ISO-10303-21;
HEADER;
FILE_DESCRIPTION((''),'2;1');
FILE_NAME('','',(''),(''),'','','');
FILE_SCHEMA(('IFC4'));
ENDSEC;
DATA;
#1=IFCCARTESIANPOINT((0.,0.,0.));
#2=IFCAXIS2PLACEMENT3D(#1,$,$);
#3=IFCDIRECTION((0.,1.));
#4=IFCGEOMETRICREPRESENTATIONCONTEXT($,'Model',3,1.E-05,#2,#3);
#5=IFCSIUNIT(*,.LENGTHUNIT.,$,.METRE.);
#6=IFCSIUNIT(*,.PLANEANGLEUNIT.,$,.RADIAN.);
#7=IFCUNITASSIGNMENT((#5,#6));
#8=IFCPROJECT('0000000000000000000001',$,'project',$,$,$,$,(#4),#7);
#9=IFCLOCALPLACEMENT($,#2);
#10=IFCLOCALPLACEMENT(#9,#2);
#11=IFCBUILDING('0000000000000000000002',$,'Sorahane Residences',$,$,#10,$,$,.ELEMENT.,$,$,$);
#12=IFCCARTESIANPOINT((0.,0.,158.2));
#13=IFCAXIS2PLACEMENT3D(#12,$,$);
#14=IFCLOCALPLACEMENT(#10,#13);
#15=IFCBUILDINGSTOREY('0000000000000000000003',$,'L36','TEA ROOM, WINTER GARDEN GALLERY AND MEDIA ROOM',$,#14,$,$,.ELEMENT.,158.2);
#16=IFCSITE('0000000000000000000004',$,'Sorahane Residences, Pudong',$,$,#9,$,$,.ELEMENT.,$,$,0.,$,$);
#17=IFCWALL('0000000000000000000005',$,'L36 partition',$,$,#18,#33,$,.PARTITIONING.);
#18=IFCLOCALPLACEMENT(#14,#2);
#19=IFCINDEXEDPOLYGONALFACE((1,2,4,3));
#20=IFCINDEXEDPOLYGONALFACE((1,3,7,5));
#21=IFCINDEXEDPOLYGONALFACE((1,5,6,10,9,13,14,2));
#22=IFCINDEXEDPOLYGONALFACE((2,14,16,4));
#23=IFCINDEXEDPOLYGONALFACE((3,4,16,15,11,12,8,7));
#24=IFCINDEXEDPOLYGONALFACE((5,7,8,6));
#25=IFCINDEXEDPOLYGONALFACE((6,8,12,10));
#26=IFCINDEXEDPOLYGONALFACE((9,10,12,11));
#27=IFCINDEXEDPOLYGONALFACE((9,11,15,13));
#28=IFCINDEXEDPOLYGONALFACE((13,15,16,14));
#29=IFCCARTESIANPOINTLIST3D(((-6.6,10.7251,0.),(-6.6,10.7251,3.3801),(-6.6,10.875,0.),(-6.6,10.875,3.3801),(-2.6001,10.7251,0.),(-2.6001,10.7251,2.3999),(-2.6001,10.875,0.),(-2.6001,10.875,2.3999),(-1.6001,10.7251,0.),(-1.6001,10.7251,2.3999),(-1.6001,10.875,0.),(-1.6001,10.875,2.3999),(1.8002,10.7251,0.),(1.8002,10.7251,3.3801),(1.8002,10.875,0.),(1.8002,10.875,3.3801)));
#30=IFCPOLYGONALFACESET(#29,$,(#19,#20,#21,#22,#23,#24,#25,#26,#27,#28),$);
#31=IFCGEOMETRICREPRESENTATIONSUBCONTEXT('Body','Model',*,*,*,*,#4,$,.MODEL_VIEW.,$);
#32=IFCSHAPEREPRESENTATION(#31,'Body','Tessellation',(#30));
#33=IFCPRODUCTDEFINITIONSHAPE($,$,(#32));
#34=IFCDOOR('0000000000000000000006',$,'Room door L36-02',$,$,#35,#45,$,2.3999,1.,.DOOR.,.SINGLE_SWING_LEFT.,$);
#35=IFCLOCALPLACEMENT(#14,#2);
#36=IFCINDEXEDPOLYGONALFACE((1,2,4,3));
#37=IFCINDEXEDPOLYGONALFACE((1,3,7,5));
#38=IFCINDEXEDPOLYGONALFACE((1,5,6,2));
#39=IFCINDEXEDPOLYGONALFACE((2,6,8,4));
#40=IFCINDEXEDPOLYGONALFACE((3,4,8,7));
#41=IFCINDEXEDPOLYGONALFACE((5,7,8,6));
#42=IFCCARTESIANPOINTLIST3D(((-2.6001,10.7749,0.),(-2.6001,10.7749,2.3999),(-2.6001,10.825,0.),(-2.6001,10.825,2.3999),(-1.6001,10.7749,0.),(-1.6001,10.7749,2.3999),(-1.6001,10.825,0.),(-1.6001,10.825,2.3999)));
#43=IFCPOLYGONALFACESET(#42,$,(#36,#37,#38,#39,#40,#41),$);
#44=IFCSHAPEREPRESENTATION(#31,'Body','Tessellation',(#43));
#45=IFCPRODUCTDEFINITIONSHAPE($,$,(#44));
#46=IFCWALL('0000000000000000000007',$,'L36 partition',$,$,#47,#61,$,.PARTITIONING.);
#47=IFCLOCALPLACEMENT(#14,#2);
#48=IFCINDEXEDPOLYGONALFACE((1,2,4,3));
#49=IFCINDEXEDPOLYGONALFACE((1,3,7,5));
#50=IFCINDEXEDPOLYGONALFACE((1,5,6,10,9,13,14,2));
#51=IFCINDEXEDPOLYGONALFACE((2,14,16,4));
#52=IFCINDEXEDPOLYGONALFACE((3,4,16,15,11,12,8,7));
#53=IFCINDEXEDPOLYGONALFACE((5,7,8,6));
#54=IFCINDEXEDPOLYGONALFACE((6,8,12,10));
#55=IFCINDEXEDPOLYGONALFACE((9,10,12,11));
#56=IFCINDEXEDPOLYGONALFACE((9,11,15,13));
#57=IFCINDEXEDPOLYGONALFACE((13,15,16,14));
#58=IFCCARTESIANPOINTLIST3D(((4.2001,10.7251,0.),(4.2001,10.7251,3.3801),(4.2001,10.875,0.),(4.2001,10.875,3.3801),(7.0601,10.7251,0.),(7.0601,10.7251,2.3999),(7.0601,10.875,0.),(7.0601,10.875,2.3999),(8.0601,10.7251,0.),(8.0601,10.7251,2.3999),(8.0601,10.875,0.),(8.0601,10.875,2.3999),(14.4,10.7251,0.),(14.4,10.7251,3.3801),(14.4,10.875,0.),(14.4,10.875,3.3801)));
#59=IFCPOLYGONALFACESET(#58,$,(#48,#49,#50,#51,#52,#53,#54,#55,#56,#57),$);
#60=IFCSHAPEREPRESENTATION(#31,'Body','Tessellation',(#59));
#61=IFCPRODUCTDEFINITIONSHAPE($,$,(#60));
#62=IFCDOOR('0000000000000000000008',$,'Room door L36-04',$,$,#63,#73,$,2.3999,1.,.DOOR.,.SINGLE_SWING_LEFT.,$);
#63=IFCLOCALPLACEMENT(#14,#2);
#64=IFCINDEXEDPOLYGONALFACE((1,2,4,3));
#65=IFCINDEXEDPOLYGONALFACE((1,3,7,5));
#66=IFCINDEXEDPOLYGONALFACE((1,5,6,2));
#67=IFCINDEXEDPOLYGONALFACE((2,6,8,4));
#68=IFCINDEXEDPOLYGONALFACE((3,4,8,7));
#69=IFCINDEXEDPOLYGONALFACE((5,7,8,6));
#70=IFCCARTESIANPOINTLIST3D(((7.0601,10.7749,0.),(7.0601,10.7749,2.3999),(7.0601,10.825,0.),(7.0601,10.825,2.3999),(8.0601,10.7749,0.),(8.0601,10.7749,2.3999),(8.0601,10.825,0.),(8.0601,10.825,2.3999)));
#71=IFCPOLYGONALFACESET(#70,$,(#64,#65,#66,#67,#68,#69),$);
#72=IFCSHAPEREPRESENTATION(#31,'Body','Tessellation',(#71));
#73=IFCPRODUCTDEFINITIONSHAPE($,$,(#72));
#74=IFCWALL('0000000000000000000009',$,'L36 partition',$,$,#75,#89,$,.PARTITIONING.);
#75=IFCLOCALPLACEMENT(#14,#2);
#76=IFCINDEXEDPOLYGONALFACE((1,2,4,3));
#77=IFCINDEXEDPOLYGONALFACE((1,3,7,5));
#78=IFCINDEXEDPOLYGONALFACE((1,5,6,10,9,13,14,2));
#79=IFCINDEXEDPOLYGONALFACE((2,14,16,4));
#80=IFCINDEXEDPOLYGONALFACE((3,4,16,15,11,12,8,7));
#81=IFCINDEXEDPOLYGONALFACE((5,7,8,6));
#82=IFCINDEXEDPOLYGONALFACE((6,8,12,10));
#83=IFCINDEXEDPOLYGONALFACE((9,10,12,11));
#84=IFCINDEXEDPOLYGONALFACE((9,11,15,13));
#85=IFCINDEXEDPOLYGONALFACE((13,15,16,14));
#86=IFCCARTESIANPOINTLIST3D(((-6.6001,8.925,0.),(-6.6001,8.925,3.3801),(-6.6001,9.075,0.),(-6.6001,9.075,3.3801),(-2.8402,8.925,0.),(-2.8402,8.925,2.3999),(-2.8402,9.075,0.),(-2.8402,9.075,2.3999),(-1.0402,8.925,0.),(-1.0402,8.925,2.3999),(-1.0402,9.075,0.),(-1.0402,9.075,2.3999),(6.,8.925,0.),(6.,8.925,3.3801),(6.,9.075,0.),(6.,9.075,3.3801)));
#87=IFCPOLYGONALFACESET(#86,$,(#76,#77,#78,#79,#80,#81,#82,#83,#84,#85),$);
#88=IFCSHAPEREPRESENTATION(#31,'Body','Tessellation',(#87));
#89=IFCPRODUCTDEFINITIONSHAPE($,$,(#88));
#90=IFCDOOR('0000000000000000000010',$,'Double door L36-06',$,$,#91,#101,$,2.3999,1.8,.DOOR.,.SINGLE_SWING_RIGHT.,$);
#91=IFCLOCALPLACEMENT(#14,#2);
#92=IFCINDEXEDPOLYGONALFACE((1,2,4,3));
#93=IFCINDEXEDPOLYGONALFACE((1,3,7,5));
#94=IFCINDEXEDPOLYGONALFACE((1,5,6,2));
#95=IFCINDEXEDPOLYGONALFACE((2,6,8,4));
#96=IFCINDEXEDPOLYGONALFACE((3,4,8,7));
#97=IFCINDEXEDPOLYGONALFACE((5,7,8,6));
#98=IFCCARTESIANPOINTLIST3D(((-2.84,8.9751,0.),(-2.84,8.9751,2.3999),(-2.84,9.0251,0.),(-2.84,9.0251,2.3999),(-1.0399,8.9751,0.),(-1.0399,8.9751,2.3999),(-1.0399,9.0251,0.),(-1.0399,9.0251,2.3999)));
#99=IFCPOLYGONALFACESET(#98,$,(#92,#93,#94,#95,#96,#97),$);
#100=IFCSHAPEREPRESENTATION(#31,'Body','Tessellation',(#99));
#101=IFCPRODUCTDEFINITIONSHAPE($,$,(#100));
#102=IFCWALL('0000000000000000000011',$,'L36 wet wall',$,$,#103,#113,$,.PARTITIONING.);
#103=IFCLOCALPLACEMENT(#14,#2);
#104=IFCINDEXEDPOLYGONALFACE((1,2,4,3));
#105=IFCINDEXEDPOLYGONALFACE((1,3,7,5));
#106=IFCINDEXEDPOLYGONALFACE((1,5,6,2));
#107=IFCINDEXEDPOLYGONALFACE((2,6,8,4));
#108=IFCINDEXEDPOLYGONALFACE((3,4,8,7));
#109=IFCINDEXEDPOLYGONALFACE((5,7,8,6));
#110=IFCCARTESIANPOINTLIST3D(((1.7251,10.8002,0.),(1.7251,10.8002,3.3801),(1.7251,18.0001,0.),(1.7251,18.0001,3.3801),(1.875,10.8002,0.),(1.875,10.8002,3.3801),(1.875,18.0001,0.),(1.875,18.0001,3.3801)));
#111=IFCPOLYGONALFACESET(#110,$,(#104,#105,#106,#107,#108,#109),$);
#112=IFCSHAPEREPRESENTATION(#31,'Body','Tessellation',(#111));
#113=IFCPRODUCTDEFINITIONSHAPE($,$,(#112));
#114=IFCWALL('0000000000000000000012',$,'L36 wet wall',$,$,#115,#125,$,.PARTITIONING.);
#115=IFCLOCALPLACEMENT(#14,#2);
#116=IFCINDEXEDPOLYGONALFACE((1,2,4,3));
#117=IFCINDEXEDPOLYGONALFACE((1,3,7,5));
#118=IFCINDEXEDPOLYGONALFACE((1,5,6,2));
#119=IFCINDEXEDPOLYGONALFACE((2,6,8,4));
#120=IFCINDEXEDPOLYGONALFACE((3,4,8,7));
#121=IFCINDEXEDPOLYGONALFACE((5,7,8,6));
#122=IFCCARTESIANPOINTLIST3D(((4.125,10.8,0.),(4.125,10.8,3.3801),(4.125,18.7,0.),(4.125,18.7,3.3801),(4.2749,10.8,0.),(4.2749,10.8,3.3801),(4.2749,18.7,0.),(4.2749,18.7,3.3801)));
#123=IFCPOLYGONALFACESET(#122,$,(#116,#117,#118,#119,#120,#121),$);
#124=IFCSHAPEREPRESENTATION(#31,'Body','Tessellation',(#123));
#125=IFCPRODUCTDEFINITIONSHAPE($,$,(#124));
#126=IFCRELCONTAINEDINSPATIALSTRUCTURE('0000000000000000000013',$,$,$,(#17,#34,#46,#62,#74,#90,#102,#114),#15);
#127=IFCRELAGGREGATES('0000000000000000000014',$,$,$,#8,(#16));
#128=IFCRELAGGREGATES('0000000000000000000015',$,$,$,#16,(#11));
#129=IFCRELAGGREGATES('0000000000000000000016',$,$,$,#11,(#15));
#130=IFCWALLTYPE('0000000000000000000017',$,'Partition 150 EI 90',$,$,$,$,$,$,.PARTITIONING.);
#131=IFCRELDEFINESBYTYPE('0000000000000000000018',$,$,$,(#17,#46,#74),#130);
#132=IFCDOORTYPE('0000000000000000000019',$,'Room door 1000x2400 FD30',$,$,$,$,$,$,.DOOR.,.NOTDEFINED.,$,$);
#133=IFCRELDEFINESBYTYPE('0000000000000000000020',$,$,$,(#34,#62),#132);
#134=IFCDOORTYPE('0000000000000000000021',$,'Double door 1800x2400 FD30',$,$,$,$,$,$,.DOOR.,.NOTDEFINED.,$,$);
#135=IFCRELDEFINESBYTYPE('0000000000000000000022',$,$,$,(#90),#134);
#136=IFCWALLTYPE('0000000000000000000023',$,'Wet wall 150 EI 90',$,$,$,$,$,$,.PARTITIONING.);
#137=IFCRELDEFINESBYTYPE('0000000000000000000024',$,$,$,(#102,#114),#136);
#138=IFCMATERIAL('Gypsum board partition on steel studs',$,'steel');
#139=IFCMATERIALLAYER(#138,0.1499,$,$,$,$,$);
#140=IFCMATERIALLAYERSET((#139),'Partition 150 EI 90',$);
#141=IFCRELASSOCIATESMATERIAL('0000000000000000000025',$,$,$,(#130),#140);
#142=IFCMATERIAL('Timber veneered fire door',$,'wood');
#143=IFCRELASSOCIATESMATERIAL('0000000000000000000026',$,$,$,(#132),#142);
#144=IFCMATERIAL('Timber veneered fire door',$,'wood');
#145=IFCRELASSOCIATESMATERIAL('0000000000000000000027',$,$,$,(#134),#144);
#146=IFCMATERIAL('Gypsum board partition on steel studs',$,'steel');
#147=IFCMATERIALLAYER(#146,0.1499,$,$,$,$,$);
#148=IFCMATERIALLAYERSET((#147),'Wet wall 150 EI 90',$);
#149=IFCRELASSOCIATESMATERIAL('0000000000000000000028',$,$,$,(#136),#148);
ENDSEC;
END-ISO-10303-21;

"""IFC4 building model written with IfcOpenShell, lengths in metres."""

from ifc_helpers import new_model, si_unit, direction, frame, frame_2d, origin, place, context, subcontext, project, spatial, rectangle, extrude, material, layer, layer_set, type_object, element, fill, save


model = new_model("IFC4")

# Units and contexts
model_context = context("Model", 3, precision=1e-05, world=origin(), true_north=direction((0.0, 1.0)))
body_context = subcontext(model_context, "Body", "Model", "MODEL_VIEW")
ifc_project = project(units=[si_unit("LENGTHUNIT", "METRE"), si_unit("PLANEANGLEUNIT", "RADIAN")], contexts=[model_context])

# Site, building, storey
site_placement = place(None, origin())
site = spatial("IfcSite", under=ifc_project, at=site_placement, Name="Sorahane Residences, Pudong", CompositionType="ELEMENT", RefElevation=0.0)
building_placement = place(site_placement, origin())
building = spatial("IfcBuilding", under=site, at=building_placement, Name="Sorahane Residences", CompositionType="ELEMENT")
storey_placement = place(building_placement, frame((0.0, 0.0, 158.2)))
storey = spatial("IfcBuildingStorey", under=building, at=storey_placement, Name="L36", Description="TEA ROOM, WINTER GARDEN GALLERY AND MEDIA ROOM", CompositionType="ELEMENT", Elevation=158.2)

# Walls, openings, doors
ifc_material_1 = material(Name="Gypsum board partition on steel studs", Category="steel")
ifc_layer_1 = layer(ifc_material_1, 0.1499)
ifc_layer_set_1 = layer_set([ifc_layer_1], Name="Partition 150 EI 90")
wall_type_1 = type_object("IfcWallType", Name="Partition 150 EI 90", PredefinedType="PARTITIONING", material=ifc_layer_set_1)
wall_1_placement = place(storey_placement, frame((-6.6001, 10.8, 0.0), z_axis=(0.0, 0.0, 1.0), x_axis=(1.0, 0.0, 0.0)))
wall_1 = element("IfcWall", 1, at=wall_1_placement, inside=storey, type_object=wall_type_1, Name="L36 partition", PredefinedType="PARTITIONING", context=body_context, shape_type="SweptSolid", body=[
    extrude(rectangle(XDim=8.4001, YDim=0.1499, at=frame_2d((4.2002, 0.0))), origin(), (0.0, 0.0, 1.0), 3.3801),
])
opening_1_placement = place(wall_1_placement, frame((4.0, 0.0, 0.0)))
opening_1 = element("IfcOpeningElement", 2, at=opening_1_placement, cuts=wall_1, PredefinedType="OPENING", context=body_context, shape_type="SweptSolid", body=[
    extrude(rectangle(XDim=1.0, YDim=2.3999, at=frame_2d((0.5, 1.2))), frame((0.0, 0.085, 0.0), z_axis=(0.0, -1.0, 0.0), x_axis=(1.0, 0.0, 0.0)), (0.0, 0.0, 1.0), 0.1699),
])
ifc_material_2 = material(Name="Timber veneered fire door", Category="wood")
door_type_1 = type_object("IfcDoorType", Name="Room door 1000x2400 FD30", OperationType="NOTDEFINED", PredefinedType="DOOR", material=ifc_material_2)
door_1_placement = place(opening_1_placement, origin())
door_1 = element("IfcDoor", 3, at=door_1_placement, inside=storey, type_object=door_type_1, Name="Room door L36-02", OperationType="SINGLE_SWING_LEFT", OverallHeight=2.3999, OverallWidth=1.0, PredefinedType="DOOR", context=body_context, shape_type="SweptSolid", body=[
    extrude(rectangle(XDim=1.0, YDim=2.3999, at=frame_2d((0.5, 1.2))), frame((0.0, 0.0249, 0.0), z_axis=(0.0, -1.0, 0.0), x_axis=(1.0, 0.0, 0.0)), (0.0, 0.0, 1.0), 0.05),
])
fill(opening_1, door_1)
wall_2_placement = place(storey_placement, frame((4.2, 10.8, 0.0), z_axis=(0.0, 0.0, 1.0), x_axis=(1.0, 0.0, 0.0)))
wall_2 = element("IfcWall", 4, at=wall_2_placement, inside=storey, type_object=wall_type_1, Name="L36 partition", PredefinedType="PARTITIONING", context=body_context, shape_type="SweptSolid", body=[
    extrude(rectangle(XDim=10.2, YDim=0.1499, at=frame_2d((5.1001, 0.0))), origin(), (0.0, 0.0, 1.0), 3.3801),
])
opening_2_placement = place(wall_2_placement, frame((2.8601, 0.0, 0.0)))
opening_2 = element("IfcOpeningElement", 5, at=opening_2_placement, cuts=wall_2, PredefinedType="OPENING", context=body_context, shape_type="SweptSolid", body=[
    extrude(rectangle(XDim=1.0, YDim=2.3999, at=frame_2d((0.5, 1.2))), frame((0.0, 0.085, 0.0), z_axis=(0.0, -1.0, 0.0), x_axis=(1.0, 0.0, 0.0)), (0.0, 0.0, 1.0), 0.1699),
])
door_2_placement = place(opening_2_placement, origin())
door_2 = element("IfcDoor", 6, at=door_2_placement, inside=storey, type_object=door_type_1, Name="Room door L36-04", OperationType="SINGLE_SWING_LEFT", OverallHeight=2.3999, OverallWidth=1.0, PredefinedType="DOOR", context=body_context, shape_type="SweptSolid", body=[
    extrude(rectangle(XDim=1.0, YDim=2.3999, at=frame_2d((0.5, 1.2))), frame((0.0, 0.0249, 0.0), z_axis=(0.0, -1.0, 0.0), x_axis=(1.0, 0.0, 0.0)), (0.0, 0.0, 1.0), 0.05),
])
fill(opening_2, door_2)
wall_3_placement = place(storey_placement, frame((-6.6001, 9.0, 0.0), z_axis=(0.0, 0.0, 1.0), x_axis=(1.0, 0.0, 0.0)))
wall_3 = element("IfcWall", 7, at=wall_3_placement, inside=storey, type_object=wall_type_1, Name="L36 partition", PredefinedType="PARTITIONING", context=body_context, shape_type="SweptSolid", body=[
    extrude(rectangle(XDim=12.6001, YDim=0.1499, at=frame_2d((6.3, 0.0))), origin(), (0.0, 0.0, 1.0), 3.3801),
])
opening_3_placement = place(wall_3_placement, frame((3.76, 0.0, 0.0)))
opening_3 = element("IfcOpeningElement", 8, at=opening_3_placement, cuts=wall_3, PredefinedType="OPENING", context=body_context, shape_type="SweptSolid", body=[
    extrude(rectangle(XDim=1.8, YDim=2.3999, at=frame_2d((0.8999, 1.2))), frame((0.0, 0.085, 0.0), z_axis=(0.0, -1.0, 0.0), x_axis=(1.0, 0.0, 0.0)), (0.0, 0.0, 1.0), 0.1699),
])
ifc_material_3 = material(Name="Timber veneered fire door", Category="wood")
door_type_2 = type_object("IfcDoorType", Name="Double door 1800x2400 FD30", OperationType="NOTDEFINED", PredefinedType="DOOR", material=ifc_material_3)
door_3_placement = place(opening_3_placement, frame((1.8, 0.0, 0.0), z_axis=(0.0, 0.0, 1.0), x_axis=(-1.0, 0.0, 0.0)))
door_3 = element("IfcDoor", 9, at=door_3_placement, inside=storey, type_object=door_type_2, Name="Double door L36-06", OperationType="SINGLE_SWING_RIGHT", OverallHeight=2.3999, OverallWidth=1.8, PredefinedType="DOOR", context=body_context, shape_type="SweptSolid", body=[
    extrude(rectangle(XDim=1.8, YDim=2.3999, at=frame_2d((0.8999, 1.2))), frame((0.0, 0.0249, 0.0), z_axis=(0.0, -1.0, 0.0), x_axis=(1.0, 0.0, 0.0)), (0.0, 0.0, 1.0), 0.05),
])
fill(opening_3, door_3)

# Walls
ifc_material_4 = material(Name="Gypsum board partition on steel studs", Category="steel")
ifc_layer_2 = layer(ifc_material_4, 0.1499)
ifc_layer_set_2 = layer_set([ifc_layer_2], Name="Wet wall 150 EI 90")
wall_type_2 = type_object("IfcWallType", Name="Wet wall 150 EI 90", PredefinedType="PARTITIONING", material=ifc_layer_set_2)
wall_4_placement = place(storey_placement, frame((1.8, 10.8, 0.0), z_axis=(0.0, 0.0, 1.0), x_axis=(0.0, 1.0, 0.0)))
element("IfcWall", 10, at=wall_4_placement, inside=storey, type_object=wall_type_2, Name="L36 wet wall", PredefinedType="PARTITIONING", context=body_context, shape_type="SweptSolid", body=[
    extrude(rectangle(XDim=7.2, YDim=0.1499, at=frame_2d((3.6001, 0.0))), origin(), (0.0, 0.0, 1.0), 3.3801),
])
wall_5_placement = place(storey_placement, frame((4.2, 10.8, 0.0), z_axis=(0.0, 0.0, 1.0), x_axis=(0.0, 1.0, 0.0)))
element("IfcWall", 11, at=wall_5_placement, inside=storey, type_object=wall_type_2, Name="L36 wet wall", PredefinedType="PARTITIONING", context=body_context, shape_type="SweptSolid", body=[
    extrude(rectangle(XDim=7.8999, YDim=0.1499, at=frame_2d((3.95, 0.0))), origin(), (0.0, 0.0, 1.0), 3.3801),
])

save(model, "model.ifc")
